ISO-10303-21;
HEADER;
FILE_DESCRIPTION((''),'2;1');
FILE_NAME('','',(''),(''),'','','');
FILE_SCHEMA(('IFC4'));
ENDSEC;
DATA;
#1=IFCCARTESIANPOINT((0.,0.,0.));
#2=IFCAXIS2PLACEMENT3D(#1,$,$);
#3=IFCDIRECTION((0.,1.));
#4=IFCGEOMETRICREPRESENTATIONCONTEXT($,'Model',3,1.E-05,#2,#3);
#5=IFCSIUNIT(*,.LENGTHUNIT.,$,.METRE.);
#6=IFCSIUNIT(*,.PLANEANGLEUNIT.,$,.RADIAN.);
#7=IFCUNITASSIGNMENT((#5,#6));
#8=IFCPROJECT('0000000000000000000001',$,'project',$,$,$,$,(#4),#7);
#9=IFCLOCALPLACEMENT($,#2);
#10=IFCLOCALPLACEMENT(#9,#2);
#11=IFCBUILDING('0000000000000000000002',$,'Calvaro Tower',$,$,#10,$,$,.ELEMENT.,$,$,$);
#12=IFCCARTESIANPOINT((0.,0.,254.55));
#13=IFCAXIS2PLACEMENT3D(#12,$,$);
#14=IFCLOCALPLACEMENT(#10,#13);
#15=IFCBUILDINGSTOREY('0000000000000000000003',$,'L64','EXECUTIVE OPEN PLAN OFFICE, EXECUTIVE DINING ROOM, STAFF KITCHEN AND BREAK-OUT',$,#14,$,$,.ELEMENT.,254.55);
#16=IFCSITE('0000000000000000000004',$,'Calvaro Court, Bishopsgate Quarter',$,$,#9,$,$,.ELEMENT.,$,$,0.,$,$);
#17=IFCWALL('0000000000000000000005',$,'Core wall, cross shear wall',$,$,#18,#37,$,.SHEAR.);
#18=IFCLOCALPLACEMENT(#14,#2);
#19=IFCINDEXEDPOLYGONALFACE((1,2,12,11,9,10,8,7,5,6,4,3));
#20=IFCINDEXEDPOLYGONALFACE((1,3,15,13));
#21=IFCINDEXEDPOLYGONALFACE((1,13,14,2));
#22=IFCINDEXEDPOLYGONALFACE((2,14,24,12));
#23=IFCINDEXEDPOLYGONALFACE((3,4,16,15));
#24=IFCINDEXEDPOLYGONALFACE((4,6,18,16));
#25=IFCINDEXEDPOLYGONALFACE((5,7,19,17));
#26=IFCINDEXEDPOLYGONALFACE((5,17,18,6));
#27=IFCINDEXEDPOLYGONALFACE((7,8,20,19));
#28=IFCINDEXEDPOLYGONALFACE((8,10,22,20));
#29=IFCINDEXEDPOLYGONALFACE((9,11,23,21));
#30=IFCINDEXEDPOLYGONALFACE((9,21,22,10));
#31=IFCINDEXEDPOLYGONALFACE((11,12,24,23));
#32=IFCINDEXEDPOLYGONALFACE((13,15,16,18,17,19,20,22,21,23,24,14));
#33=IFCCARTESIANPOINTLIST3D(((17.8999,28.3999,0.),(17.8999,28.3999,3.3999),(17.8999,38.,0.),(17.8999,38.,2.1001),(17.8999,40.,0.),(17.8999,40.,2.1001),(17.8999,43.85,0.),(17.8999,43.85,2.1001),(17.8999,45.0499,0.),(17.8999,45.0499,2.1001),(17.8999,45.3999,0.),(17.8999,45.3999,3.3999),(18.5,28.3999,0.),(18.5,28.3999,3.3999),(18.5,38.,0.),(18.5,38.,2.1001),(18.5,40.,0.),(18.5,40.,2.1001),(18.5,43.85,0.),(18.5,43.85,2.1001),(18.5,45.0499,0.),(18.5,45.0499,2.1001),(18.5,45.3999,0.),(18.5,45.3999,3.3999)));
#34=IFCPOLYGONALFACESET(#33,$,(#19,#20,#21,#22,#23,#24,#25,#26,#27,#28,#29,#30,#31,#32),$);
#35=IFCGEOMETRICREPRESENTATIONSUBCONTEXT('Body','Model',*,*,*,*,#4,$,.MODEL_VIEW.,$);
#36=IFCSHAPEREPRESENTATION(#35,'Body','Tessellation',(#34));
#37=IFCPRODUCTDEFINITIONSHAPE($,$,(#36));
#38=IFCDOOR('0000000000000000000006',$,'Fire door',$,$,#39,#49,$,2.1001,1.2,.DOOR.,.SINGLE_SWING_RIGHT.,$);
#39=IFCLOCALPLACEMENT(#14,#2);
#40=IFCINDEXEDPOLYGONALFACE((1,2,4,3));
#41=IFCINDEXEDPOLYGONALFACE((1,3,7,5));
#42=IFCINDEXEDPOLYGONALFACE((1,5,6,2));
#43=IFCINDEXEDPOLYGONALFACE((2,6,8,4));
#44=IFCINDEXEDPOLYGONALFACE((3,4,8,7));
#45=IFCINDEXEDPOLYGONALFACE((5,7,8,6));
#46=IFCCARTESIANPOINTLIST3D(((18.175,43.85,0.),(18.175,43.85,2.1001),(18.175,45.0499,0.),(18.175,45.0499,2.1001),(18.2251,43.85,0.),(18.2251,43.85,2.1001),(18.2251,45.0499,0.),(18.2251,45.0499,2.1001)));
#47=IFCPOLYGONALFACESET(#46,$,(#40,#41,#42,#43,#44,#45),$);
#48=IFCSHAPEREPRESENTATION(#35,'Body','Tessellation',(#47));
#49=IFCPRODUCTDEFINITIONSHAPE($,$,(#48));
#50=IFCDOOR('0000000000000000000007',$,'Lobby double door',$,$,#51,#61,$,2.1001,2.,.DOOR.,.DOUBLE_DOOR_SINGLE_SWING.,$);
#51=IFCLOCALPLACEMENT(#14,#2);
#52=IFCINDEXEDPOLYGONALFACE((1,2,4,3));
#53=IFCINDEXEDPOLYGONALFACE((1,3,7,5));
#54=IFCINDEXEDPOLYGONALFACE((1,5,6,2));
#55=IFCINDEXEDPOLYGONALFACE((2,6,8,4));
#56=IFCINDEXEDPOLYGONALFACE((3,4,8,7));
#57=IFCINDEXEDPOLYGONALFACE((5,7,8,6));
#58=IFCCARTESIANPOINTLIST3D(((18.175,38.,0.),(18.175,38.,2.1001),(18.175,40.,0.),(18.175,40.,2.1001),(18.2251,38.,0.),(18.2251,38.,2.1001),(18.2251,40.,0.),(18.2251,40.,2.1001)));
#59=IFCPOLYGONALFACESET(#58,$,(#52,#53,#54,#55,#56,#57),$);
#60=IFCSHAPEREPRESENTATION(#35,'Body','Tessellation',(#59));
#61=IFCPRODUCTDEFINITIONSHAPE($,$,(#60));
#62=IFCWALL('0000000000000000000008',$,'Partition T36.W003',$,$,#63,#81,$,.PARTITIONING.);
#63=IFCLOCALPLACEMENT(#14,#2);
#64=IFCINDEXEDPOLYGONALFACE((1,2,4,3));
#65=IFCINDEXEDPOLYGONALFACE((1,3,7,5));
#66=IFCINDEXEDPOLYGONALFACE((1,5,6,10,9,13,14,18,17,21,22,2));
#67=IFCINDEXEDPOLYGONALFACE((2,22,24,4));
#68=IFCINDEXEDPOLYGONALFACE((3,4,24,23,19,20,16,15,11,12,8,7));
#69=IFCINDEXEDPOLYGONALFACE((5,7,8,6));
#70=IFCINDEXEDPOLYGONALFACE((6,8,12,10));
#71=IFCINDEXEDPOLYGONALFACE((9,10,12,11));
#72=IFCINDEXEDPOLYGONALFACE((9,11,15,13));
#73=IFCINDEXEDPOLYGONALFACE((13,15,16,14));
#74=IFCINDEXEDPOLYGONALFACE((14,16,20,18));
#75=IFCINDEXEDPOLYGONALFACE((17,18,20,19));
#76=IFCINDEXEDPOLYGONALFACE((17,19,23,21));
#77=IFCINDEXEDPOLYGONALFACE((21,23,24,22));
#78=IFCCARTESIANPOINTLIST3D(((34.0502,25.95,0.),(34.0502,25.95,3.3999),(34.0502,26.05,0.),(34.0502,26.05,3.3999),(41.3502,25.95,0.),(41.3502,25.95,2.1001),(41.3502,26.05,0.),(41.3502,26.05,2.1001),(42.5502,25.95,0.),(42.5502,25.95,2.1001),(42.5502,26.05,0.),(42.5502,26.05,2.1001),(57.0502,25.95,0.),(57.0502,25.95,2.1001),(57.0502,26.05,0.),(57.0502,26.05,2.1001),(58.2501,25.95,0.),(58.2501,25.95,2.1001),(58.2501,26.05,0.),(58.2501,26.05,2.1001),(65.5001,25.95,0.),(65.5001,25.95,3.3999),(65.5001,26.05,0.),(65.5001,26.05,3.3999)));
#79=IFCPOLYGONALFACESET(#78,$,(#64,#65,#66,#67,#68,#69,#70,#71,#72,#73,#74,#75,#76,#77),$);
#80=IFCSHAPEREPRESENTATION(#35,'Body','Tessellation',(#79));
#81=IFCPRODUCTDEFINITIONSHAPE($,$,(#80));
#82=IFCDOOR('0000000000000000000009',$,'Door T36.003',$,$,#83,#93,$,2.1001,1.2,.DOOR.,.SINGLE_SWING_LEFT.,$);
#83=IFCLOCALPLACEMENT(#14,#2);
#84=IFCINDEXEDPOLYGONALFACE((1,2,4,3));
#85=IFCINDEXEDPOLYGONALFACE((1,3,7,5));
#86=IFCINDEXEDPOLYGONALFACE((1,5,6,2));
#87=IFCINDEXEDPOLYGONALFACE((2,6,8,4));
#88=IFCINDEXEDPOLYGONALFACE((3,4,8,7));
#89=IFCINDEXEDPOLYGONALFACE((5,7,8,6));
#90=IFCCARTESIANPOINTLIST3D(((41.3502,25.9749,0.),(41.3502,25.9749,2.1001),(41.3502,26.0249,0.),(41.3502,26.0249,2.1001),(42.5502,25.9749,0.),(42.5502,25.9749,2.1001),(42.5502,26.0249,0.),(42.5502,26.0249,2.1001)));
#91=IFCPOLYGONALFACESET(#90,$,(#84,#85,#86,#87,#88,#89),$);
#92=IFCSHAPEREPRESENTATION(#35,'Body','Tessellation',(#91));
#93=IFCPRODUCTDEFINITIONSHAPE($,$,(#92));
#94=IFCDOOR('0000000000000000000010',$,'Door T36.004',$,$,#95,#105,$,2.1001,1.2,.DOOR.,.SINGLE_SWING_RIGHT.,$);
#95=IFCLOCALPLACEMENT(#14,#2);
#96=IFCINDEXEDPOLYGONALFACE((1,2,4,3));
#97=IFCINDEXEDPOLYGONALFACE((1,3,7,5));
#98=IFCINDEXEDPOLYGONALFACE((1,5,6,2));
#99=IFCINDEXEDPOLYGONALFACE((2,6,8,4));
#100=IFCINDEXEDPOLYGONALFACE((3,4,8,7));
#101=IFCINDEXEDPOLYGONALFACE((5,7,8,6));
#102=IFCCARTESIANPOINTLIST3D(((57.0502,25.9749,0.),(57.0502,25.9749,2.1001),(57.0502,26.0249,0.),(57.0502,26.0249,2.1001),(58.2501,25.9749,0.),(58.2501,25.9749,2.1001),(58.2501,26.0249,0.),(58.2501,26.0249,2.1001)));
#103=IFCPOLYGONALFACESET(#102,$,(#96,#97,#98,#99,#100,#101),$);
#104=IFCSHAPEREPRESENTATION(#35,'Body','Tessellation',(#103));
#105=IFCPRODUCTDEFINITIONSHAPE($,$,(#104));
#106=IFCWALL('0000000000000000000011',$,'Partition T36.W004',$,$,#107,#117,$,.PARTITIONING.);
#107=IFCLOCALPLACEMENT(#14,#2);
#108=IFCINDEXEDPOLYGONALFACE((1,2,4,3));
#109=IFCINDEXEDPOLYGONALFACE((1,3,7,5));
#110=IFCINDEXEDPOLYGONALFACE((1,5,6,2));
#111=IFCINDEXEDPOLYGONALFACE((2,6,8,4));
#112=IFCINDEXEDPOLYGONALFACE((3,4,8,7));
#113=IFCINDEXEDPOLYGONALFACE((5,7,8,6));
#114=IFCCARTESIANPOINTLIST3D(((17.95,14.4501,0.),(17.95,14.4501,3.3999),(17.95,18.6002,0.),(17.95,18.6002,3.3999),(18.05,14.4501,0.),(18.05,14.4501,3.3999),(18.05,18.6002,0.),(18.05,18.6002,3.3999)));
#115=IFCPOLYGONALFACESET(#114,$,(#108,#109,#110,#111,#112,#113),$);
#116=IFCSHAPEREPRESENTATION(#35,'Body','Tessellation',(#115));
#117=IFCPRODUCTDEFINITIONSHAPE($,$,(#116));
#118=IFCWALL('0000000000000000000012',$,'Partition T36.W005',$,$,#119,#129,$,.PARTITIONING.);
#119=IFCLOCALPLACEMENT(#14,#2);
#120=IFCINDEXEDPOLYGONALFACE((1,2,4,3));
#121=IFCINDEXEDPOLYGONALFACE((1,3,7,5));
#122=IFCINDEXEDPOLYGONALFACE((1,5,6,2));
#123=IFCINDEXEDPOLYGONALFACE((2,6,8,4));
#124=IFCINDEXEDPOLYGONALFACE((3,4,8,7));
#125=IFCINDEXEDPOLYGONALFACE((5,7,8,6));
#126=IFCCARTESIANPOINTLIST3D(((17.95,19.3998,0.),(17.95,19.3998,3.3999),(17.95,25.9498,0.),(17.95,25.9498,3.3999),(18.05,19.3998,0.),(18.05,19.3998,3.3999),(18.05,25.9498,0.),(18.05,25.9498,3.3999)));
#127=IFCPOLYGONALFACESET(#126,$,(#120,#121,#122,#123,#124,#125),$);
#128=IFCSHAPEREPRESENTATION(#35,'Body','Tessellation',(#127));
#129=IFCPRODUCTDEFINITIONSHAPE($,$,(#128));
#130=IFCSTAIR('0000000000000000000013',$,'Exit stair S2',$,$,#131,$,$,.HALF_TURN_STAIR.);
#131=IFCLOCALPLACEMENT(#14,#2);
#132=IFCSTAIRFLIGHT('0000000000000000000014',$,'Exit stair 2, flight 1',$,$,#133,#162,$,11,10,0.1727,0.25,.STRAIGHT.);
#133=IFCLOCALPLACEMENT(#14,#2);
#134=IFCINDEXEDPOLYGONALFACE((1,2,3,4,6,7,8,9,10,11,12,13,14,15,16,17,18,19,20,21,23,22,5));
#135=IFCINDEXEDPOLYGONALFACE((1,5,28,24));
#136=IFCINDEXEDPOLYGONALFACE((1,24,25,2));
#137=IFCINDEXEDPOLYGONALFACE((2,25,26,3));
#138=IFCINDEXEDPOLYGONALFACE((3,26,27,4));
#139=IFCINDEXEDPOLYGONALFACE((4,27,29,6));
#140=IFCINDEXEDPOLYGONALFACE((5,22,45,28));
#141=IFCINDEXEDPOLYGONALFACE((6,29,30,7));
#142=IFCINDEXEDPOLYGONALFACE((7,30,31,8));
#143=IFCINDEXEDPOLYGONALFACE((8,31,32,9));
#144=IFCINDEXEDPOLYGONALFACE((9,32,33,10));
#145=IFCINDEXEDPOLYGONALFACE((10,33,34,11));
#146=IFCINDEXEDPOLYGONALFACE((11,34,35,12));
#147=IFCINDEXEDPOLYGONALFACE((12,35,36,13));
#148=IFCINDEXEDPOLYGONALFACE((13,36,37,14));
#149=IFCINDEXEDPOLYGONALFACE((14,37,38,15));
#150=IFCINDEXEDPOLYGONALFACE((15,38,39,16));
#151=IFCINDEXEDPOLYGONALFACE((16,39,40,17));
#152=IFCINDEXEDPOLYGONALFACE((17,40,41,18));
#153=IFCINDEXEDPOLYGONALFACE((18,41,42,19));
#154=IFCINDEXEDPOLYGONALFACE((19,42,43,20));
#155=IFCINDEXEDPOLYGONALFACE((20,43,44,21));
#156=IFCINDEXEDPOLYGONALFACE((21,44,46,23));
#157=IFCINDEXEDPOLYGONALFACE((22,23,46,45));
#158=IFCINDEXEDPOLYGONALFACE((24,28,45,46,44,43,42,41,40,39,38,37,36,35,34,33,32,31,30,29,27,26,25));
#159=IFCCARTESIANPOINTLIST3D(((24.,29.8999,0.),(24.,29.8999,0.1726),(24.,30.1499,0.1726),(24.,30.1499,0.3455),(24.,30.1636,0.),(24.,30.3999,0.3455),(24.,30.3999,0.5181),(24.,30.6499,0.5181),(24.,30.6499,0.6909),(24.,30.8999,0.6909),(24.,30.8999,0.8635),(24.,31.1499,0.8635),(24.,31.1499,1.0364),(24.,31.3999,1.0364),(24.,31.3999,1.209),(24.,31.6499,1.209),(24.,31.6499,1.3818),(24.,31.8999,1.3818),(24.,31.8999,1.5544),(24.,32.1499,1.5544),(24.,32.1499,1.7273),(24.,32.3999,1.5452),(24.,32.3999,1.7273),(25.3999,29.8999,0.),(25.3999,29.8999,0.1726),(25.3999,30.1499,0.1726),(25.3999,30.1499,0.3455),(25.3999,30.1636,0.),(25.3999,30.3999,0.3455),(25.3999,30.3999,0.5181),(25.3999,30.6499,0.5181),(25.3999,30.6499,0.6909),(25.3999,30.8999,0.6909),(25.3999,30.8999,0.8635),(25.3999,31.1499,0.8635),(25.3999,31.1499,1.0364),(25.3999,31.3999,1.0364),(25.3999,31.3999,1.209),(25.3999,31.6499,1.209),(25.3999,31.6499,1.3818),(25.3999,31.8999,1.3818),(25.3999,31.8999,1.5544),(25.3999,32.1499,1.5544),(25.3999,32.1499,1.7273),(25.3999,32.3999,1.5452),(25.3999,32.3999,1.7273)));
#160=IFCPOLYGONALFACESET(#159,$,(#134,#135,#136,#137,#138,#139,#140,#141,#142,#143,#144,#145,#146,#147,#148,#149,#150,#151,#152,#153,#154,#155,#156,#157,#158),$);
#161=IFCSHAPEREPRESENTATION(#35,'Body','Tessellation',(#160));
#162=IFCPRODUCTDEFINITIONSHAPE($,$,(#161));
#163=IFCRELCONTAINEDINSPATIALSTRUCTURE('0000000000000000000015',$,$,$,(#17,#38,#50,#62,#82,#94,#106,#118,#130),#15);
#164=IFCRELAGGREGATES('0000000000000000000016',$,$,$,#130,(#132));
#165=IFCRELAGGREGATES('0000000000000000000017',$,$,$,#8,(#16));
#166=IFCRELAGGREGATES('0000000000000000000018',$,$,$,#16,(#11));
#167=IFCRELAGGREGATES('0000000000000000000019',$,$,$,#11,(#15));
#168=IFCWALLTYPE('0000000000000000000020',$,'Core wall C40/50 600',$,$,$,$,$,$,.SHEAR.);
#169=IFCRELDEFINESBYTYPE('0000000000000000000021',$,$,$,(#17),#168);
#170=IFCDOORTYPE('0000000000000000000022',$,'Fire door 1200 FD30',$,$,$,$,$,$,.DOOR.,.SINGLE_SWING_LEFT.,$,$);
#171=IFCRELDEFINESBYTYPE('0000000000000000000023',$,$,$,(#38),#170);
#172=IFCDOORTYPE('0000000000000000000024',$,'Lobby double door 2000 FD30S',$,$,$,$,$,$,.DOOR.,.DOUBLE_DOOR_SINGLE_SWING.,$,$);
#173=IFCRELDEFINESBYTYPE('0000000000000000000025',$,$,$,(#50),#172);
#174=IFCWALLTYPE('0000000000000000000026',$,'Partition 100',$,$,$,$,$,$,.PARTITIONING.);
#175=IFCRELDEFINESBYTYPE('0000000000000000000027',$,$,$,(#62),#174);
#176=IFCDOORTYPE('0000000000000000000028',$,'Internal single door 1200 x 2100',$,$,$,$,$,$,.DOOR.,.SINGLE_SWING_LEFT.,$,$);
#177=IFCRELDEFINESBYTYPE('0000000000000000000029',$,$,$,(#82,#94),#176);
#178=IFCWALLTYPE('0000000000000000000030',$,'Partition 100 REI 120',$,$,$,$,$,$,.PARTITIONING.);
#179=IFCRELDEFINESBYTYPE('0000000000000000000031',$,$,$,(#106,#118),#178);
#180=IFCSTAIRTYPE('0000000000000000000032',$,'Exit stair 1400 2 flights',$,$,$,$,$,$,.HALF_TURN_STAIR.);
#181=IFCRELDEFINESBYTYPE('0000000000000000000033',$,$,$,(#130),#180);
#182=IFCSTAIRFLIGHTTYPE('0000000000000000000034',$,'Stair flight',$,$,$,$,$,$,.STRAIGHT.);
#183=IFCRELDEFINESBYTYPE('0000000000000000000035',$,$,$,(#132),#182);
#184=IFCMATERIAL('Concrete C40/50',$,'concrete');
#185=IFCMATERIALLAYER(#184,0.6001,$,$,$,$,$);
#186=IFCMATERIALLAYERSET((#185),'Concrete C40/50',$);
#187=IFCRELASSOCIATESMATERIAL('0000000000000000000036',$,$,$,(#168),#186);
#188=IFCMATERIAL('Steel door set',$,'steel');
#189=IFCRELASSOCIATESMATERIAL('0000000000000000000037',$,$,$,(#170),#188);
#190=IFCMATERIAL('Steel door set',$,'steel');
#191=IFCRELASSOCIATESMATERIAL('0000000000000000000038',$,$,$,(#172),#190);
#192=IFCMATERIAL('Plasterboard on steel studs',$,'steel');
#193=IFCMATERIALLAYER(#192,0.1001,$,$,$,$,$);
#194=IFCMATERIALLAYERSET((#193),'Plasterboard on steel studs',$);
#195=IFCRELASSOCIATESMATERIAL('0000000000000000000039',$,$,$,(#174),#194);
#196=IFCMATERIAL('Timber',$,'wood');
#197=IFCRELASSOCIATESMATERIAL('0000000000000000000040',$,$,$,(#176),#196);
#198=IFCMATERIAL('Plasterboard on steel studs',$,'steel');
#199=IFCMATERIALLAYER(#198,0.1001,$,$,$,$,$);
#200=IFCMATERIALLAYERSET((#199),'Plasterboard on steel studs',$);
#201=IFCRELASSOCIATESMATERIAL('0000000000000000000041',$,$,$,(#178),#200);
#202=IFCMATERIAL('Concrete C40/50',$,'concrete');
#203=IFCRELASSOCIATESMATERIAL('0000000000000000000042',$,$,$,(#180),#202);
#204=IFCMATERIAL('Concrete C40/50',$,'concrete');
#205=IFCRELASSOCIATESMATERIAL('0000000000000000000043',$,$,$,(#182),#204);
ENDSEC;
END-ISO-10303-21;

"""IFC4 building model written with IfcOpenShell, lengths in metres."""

from ifc_helpers import new_model, si_unit, direction, frame, frame_2d, origin, place, context, subcontext, project, spatial, polyline, rectangle, outline, extrude, material, layer, layer_set, type_object, element, fill, aggregate, save


model = new_model("IFC4")

# Units and contexts
model_context = context("Model", 3, precision=1e-05, world=origin(), true_north=direction((0.0, 1.0)))
body_context = subcontext(model_context, "Body", "Model", "MODEL_VIEW")
ifc_project = project(units=[si_unit("LENGTHUNIT", "METRE"), si_unit("PLANEANGLEUNIT", "RADIAN")], contexts=[model_context])

# Site, building, storey
site_placement = place(None, origin())
site = spatial("IfcSite", under=ifc_project, at=site_placement, Name="Calvaro Court, Bishopsgate Quarter", CompositionType="ELEMENT", RefElevation=0.0)
building_placement = place(site_placement, origin())
building = spatial("IfcBuilding", under=site, at=building_placement, Name="Calvaro Tower", CompositionType="ELEMENT")
storey_placement = place(building_placement, frame((0.0, 0.0, 254.55)))
storey = spatial("IfcBuildingStorey", under=building, at=storey_placement, Name="L64", Description="EXECUTIVE OPEN PLAN OFFICE, EXECUTIVE DINING ROOM, STAFF KITCHEN AND BREAK-OUT", CompositionType="ELEMENT", Elevation=254.55)

# Walls, openings, doors
ifc_material_1 = material(Name="Concrete C40/50", Category="concrete")
ifc_layer_1 = layer(ifc_material_1, 0.6001)
ifc_layer_set_1 = layer_set([ifc_layer_1], Name="Concrete C40/50")
wall_type_1 = type_object("IfcWallType", Name="Core wall C40/50 600", PredefinedType="SHEAR", material=ifc_layer_set_1)
wall_1_placement = place(storey_placement, frame((18.2, 28.3999, 0.0), z_axis=(0.0, 0.0, 1.0), x_axis=(0.0, 1.0, 0.0)))
wall_1 = element("IfcWall", 1, at=wall_1_placement, inside=storey, type_object=wall_type_1, Name="Core wall, cross shear wall", PredefinedType="SHEAR", context=body_context, shape_type="SweptSolid", body=[
    extrude(rectangle(XDim=17.0, YDim=0.6001, at=frame_2d((8.5, 0.0))), origin(), (0.0, 0.0, 1.0), 3.3999),
])
opening_1_placement = place(wall_1_placement, frame((9.6001, 0.0, 0.0)))
opening_1 = element("IfcOpeningElement", 2, at=opening_1_placement, cuts=wall_1, PredefinedType="OPENING", context=body_context, shape_type="SweptSolid", body=[
    extrude(rectangle(XDim=2.0, YDim=2.1001, at=frame_2d((1.0, 1.05))), frame((0.0, 0.3101, 0.0), z_axis=(0.0, -1.0, 0.0), x_axis=(1.0, 0.0, 0.0)), (0.0, 0.0, 1.0), 0.6201),
])
opening_2_placement = place(wall_1_placement, frame((15.45, 0.0, 0.0)))
opening_2 = element("IfcOpeningElement", 3, at=opening_2_placement, cuts=wall_1, PredefinedType="OPENING", context=body_context, shape_type="SweptSolid", body=[
    extrude(rectangle(XDim=1.2, YDim=2.1001, at=frame_2d((0.6001, 1.05))), frame((0.0, 0.3101, 0.0), z_axis=(0.0, -1.0, 0.0), x_axis=(1.0, 0.0, 0.0)), (0.0, 0.0, 1.0), 0.6201),
])
ifc_material_2 = material(Name="Steel door set", Category="steel")
door_type_1 = type_object("IfcDoorType", Name="Fire door 1200 FD30", OperationType="SINGLE_SWING_LEFT", PredefinedType="DOOR", material=ifc_material_2)
door_1_placement = place(opening_2_placement, origin())
door_1 = element("IfcDoor", 4, at=door_1_placement, inside=storey, type_object=door_type_1, Name="Fire door", OperationType="SINGLE_SWING_RIGHT", OverallHeight=2.1001, OverallWidth=1.2, PredefinedType="DOOR", context=body_context, shape_type="SweptSolid", body=[
    extrude(rectangle(XDim=1.2, YDim=2.1001, at=frame_2d((0.6001, 1.05))), frame((0.0, 0.0249, 0.0), z_axis=(0.0, -1.0, 0.0), x_axis=(1.0, 0.0, 0.0)), (0.0, 0.0, 1.0), 0.05),
])
fill(opening_2, door_1)
ifc_material_3 = material(Name="Steel door set", Category="steel")
door_type_2 = type_object("IfcDoorType", Name="Lobby double door 2000 FD30S", OperationType="DOUBLE_DOOR_SINGLE_SWING", PredefinedType="DOOR", material=ifc_material_3)
door_2_placement = place(opening_1_placement, origin())
door_2 = element("IfcDoor", 5, at=door_2_placement, inside=storey, type_object=door_type_2, Name="Lobby double door", OperationType="DOUBLE_DOOR_SINGLE_SWING", OverallHeight=2.1001, OverallWidth=2.0, PredefinedType="DOOR", context=body_context, shape_type="SweptSolid", body=[
    extrude(rectangle(XDim=2.0, YDim=2.1001, at=frame_2d((1.0, 1.05))), frame((0.0, 0.0249, 0.0), z_axis=(0.0, -1.0, 0.0), x_axis=(1.0, 0.0, 0.0)), (0.0, 0.0, 1.0), 0.05),
])
fill(opening_1, door_2)
ifc_material_4 = material(Name="Plasterboard on steel studs", Category="steel")
ifc_layer_2 = layer(ifc_material_4, 0.1001)
ifc_layer_set_2 = layer_set([ifc_layer_2], Name="Plasterboard on steel studs")
wall_type_2 = type_object("IfcWallType", Name="Partition 100", PredefinedType="PARTITIONING", material=ifc_layer_set_2)
wall_2_placement = place(storey_placement, frame((34.05, 26.0, 0.0), z_axis=(0.0, 0.0, 1.0), x_axis=(1.0, 0.0, 0.0)))
wall_2 = element("IfcWall", 6, at=wall_2_placement, inside=storey, type_object=wall_type_2, Name="Partition T36.W003", PredefinedType="PARTITIONING", context=body_context, shape_type="SweptSolid", body=[
    extrude(rectangle(XDim=31.45, YDim=0.1001, at=frame_2d((15.7251, 0.0))), origin(), (0.0, 0.0, 1.0), 3.3999),
])
opening_3_placement = place(wall_2_placement, frame((7.3, 0.0, 0.0)))
opening_3 = element("IfcOpeningElement", 7, at=opening_3_placement, cuts=wall_2, PredefinedType="OPENING", context=body_context, shape_type="SweptSolid", body=[
    extrude(rectangle(XDim=1.2, YDim=2.1001, at=frame_2d((0.6001, 1.05))), frame((0.0, 0.0601, 0.0), z_axis=(0.0, -1.0, 0.0), x_axis=(1.0, 0.0, 0.0)), (0.0, 0.0, 1.0), 0.1201),
])
opening_4_placement = place(wall_2_placement, frame((23.0, 0.0, 0.0)))
opening_4 = element("IfcOpeningElement", 8, at=opening_4_placement, cuts=wall_2, PredefinedType="OPENING", context=body_context, shape_type="SweptSolid", body=[
    extrude(rectangle(XDim=1.2, YDim=2.1001, at=frame_2d((0.6001, 1.05))), frame((0.0, 0.0601, 0.0), z_axis=(0.0, -1.0, 0.0), x_axis=(1.0, 0.0, 0.0)), (0.0, 0.0, 1.0), 0.1201),
])
ifc_material_5 = material(Name="Timber", Category="wood")
door_type_3 = type_object("IfcDoorType", Name="Internal single door 1200 x 2100", OperationType="SINGLE_SWING_LEFT", PredefinedType="DOOR", material=ifc_material_5)
door_3_placement = place(opening_3_placement, origin())
door_3 = element("IfcDoor", 9, at=door_3_placement, inside=storey, type_object=door_type_3, Name="Door T36.003", OperationType="SINGLE_SWING_LEFT", OverallHeight=2.1001, OverallWidth=1.2, PredefinedType="DOOR", context=body_context, shape_type="SweptSolid", body=[
    extrude(rectangle(XDim=1.2, YDim=2.1001, at=frame_2d((0.6001, 1.05))), frame((0.0, 0.0249, 0.0), z_axis=(0.0, -1.0, 0.0), x_axis=(1.0, 0.0, 0.0)), (0.0, 0.0, 1.0), 0.05),
])
fill(opening_3, door_3)
door_4_placement = place(opening_4_placement, origin())
door_4 = element("IfcDoor", 10, at=door_4_placement, inside=storey, type_object=door_type_3, Name="Door T36.004", OperationType="SINGLE_SWING_RIGHT", OverallHeight=2.1001, OverallWidth=1.2, PredefinedType="DOOR", context=body_context, shape_type="SweptSolid", body=[
    extrude(rectangle(XDim=1.2, YDim=2.1001, at=frame_2d((0.6001, 1.05))), frame((0.0, 0.0249, 0.0), z_axis=(0.0, -1.0, 0.0), x_axis=(1.0, 0.0, 0.0)), (0.0, 0.0, 1.0), 0.05),
])
fill(opening_4, door_4)

# Walls
ifc_material_6 = material(Name="Plasterboard on steel studs", Category="steel")
ifc_layer_3 = layer(ifc_material_6, 0.1001)
ifc_layer_set_3 = layer_set([ifc_layer_3], Name="Plasterboard on steel studs")
wall_type_3 = type_object("IfcWallType", Name="Partition 100 REI 120", PredefinedType="PARTITIONING", material=ifc_layer_set_3)
wall_3_placement = place(storey_placement, frame((18.0, 14.45, 0.0), z_axis=(0.0, 0.0, 1.0), x_axis=(0.0, 1.0, 0.0)))
element("IfcWall", 11, at=wall_3_placement, inside=storey, type_object=wall_type_3, Name="Partition T36.W004", PredefinedType="PARTITIONING", context=body_context, shape_type="SweptSolid", body=[
    extrude(rectangle(XDim=4.1501, YDim=0.1001, at=frame_2d((2.0752, 0.0))), origin(), (0.0, 0.0, 1.0), 3.3999),
])
wall_4_placement = place(storey_placement, frame((18.0, 19.3999, 0.0), z_axis=(0.0, 0.0, 1.0), x_axis=(0.0, 1.0, 0.0)))
element("IfcWall", 12, at=wall_4_placement, inside=storey, type_object=wall_type_3, Name="Partition T36.W005", PredefinedType="PARTITIONING", context=body_context, shape_type="SweptSolid", body=[
    extrude(rectangle(XDim=6.55, YDim=0.1001, at=frame_2d((3.2749, 0.0))), origin(), (0.0, 0.0, 1.0), 3.3999),
])

# Stair, stair flight
ifc_material_7 = material(Name="Concrete C40/50", Category="concrete")
stair_type = type_object("IfcStairType", Name="Exit stair 1400 2 flights", PredefinedType="HALF_TURN_STAIR", material=ifc_material_7)
stair_placement = place(storey_placement, origin())
stair = element("IfcStair", 13, at=stair_placement, inside=storey, type_object=stair_type, Name="Exit stair S2", PredefinedType="HALF_TURN_STAIR")
ifc_material_8 = material(Name="Concrete C40/50", Category="concrete")
stair_flight_type = type_object("IfcStairFlightType", Name="Stair flight", PredefinedType="STRAIGHT", material=ifc_material_8)
stair_flight_placement = place(storey_placement, frame((24.7, 29.8999, 0.0), z_axis=(0.0, 0.0, 1.0), x_axis=(0.0, 1.0, 0.0)))
stair_flight = element("IfcStairFlight", 14, at=stair_flight_placement, type_object=stair_flight_type, Name="Exit stair 2, flight 1", NumberOfRisers=11, NumberOfTreads=10, PredefinedType="STRAIGHT", RiserHeight=0.1727, TreadLength=0.25, context=body_context, shape_type="SweptSolid", body=[
    extrude(outline(polyline([(0.0, 0.0), (0.0, 0.1726), (0.25, 0.1726), (0.25, 0.3455), (0.5, 0.3455), (0.5, 0.5181), (0.75, 0.5181), (0.75, 0.6909), (1.0, 0.6909), (1.0, 0.8635), (1.25, 0.8635), (1.25, 1.0364), (1.5, 1.0364), (1.5, 1.209), (1.75, 1.209), (1.75, 1.3818), (2.0, 1.3818), (2.0, 1.5544), (2.25, 1.5544), (2.25, 1.7273), (2.5, 1.7273), (2.5, 1.8999), (2.5, 1.5452), (0.2637, 0.0), (0.0, 0.0)])), frame((0.0, 0.7, 0.0), z_axis=(0.0, -1.0, 0.0), x_axis=(1.0, 0.0, 0.0)), (0.0, 0.0, 1.0), 1.3999),
])
aggregate(stair, [stair_flight])

save(model, "model.ifc")
